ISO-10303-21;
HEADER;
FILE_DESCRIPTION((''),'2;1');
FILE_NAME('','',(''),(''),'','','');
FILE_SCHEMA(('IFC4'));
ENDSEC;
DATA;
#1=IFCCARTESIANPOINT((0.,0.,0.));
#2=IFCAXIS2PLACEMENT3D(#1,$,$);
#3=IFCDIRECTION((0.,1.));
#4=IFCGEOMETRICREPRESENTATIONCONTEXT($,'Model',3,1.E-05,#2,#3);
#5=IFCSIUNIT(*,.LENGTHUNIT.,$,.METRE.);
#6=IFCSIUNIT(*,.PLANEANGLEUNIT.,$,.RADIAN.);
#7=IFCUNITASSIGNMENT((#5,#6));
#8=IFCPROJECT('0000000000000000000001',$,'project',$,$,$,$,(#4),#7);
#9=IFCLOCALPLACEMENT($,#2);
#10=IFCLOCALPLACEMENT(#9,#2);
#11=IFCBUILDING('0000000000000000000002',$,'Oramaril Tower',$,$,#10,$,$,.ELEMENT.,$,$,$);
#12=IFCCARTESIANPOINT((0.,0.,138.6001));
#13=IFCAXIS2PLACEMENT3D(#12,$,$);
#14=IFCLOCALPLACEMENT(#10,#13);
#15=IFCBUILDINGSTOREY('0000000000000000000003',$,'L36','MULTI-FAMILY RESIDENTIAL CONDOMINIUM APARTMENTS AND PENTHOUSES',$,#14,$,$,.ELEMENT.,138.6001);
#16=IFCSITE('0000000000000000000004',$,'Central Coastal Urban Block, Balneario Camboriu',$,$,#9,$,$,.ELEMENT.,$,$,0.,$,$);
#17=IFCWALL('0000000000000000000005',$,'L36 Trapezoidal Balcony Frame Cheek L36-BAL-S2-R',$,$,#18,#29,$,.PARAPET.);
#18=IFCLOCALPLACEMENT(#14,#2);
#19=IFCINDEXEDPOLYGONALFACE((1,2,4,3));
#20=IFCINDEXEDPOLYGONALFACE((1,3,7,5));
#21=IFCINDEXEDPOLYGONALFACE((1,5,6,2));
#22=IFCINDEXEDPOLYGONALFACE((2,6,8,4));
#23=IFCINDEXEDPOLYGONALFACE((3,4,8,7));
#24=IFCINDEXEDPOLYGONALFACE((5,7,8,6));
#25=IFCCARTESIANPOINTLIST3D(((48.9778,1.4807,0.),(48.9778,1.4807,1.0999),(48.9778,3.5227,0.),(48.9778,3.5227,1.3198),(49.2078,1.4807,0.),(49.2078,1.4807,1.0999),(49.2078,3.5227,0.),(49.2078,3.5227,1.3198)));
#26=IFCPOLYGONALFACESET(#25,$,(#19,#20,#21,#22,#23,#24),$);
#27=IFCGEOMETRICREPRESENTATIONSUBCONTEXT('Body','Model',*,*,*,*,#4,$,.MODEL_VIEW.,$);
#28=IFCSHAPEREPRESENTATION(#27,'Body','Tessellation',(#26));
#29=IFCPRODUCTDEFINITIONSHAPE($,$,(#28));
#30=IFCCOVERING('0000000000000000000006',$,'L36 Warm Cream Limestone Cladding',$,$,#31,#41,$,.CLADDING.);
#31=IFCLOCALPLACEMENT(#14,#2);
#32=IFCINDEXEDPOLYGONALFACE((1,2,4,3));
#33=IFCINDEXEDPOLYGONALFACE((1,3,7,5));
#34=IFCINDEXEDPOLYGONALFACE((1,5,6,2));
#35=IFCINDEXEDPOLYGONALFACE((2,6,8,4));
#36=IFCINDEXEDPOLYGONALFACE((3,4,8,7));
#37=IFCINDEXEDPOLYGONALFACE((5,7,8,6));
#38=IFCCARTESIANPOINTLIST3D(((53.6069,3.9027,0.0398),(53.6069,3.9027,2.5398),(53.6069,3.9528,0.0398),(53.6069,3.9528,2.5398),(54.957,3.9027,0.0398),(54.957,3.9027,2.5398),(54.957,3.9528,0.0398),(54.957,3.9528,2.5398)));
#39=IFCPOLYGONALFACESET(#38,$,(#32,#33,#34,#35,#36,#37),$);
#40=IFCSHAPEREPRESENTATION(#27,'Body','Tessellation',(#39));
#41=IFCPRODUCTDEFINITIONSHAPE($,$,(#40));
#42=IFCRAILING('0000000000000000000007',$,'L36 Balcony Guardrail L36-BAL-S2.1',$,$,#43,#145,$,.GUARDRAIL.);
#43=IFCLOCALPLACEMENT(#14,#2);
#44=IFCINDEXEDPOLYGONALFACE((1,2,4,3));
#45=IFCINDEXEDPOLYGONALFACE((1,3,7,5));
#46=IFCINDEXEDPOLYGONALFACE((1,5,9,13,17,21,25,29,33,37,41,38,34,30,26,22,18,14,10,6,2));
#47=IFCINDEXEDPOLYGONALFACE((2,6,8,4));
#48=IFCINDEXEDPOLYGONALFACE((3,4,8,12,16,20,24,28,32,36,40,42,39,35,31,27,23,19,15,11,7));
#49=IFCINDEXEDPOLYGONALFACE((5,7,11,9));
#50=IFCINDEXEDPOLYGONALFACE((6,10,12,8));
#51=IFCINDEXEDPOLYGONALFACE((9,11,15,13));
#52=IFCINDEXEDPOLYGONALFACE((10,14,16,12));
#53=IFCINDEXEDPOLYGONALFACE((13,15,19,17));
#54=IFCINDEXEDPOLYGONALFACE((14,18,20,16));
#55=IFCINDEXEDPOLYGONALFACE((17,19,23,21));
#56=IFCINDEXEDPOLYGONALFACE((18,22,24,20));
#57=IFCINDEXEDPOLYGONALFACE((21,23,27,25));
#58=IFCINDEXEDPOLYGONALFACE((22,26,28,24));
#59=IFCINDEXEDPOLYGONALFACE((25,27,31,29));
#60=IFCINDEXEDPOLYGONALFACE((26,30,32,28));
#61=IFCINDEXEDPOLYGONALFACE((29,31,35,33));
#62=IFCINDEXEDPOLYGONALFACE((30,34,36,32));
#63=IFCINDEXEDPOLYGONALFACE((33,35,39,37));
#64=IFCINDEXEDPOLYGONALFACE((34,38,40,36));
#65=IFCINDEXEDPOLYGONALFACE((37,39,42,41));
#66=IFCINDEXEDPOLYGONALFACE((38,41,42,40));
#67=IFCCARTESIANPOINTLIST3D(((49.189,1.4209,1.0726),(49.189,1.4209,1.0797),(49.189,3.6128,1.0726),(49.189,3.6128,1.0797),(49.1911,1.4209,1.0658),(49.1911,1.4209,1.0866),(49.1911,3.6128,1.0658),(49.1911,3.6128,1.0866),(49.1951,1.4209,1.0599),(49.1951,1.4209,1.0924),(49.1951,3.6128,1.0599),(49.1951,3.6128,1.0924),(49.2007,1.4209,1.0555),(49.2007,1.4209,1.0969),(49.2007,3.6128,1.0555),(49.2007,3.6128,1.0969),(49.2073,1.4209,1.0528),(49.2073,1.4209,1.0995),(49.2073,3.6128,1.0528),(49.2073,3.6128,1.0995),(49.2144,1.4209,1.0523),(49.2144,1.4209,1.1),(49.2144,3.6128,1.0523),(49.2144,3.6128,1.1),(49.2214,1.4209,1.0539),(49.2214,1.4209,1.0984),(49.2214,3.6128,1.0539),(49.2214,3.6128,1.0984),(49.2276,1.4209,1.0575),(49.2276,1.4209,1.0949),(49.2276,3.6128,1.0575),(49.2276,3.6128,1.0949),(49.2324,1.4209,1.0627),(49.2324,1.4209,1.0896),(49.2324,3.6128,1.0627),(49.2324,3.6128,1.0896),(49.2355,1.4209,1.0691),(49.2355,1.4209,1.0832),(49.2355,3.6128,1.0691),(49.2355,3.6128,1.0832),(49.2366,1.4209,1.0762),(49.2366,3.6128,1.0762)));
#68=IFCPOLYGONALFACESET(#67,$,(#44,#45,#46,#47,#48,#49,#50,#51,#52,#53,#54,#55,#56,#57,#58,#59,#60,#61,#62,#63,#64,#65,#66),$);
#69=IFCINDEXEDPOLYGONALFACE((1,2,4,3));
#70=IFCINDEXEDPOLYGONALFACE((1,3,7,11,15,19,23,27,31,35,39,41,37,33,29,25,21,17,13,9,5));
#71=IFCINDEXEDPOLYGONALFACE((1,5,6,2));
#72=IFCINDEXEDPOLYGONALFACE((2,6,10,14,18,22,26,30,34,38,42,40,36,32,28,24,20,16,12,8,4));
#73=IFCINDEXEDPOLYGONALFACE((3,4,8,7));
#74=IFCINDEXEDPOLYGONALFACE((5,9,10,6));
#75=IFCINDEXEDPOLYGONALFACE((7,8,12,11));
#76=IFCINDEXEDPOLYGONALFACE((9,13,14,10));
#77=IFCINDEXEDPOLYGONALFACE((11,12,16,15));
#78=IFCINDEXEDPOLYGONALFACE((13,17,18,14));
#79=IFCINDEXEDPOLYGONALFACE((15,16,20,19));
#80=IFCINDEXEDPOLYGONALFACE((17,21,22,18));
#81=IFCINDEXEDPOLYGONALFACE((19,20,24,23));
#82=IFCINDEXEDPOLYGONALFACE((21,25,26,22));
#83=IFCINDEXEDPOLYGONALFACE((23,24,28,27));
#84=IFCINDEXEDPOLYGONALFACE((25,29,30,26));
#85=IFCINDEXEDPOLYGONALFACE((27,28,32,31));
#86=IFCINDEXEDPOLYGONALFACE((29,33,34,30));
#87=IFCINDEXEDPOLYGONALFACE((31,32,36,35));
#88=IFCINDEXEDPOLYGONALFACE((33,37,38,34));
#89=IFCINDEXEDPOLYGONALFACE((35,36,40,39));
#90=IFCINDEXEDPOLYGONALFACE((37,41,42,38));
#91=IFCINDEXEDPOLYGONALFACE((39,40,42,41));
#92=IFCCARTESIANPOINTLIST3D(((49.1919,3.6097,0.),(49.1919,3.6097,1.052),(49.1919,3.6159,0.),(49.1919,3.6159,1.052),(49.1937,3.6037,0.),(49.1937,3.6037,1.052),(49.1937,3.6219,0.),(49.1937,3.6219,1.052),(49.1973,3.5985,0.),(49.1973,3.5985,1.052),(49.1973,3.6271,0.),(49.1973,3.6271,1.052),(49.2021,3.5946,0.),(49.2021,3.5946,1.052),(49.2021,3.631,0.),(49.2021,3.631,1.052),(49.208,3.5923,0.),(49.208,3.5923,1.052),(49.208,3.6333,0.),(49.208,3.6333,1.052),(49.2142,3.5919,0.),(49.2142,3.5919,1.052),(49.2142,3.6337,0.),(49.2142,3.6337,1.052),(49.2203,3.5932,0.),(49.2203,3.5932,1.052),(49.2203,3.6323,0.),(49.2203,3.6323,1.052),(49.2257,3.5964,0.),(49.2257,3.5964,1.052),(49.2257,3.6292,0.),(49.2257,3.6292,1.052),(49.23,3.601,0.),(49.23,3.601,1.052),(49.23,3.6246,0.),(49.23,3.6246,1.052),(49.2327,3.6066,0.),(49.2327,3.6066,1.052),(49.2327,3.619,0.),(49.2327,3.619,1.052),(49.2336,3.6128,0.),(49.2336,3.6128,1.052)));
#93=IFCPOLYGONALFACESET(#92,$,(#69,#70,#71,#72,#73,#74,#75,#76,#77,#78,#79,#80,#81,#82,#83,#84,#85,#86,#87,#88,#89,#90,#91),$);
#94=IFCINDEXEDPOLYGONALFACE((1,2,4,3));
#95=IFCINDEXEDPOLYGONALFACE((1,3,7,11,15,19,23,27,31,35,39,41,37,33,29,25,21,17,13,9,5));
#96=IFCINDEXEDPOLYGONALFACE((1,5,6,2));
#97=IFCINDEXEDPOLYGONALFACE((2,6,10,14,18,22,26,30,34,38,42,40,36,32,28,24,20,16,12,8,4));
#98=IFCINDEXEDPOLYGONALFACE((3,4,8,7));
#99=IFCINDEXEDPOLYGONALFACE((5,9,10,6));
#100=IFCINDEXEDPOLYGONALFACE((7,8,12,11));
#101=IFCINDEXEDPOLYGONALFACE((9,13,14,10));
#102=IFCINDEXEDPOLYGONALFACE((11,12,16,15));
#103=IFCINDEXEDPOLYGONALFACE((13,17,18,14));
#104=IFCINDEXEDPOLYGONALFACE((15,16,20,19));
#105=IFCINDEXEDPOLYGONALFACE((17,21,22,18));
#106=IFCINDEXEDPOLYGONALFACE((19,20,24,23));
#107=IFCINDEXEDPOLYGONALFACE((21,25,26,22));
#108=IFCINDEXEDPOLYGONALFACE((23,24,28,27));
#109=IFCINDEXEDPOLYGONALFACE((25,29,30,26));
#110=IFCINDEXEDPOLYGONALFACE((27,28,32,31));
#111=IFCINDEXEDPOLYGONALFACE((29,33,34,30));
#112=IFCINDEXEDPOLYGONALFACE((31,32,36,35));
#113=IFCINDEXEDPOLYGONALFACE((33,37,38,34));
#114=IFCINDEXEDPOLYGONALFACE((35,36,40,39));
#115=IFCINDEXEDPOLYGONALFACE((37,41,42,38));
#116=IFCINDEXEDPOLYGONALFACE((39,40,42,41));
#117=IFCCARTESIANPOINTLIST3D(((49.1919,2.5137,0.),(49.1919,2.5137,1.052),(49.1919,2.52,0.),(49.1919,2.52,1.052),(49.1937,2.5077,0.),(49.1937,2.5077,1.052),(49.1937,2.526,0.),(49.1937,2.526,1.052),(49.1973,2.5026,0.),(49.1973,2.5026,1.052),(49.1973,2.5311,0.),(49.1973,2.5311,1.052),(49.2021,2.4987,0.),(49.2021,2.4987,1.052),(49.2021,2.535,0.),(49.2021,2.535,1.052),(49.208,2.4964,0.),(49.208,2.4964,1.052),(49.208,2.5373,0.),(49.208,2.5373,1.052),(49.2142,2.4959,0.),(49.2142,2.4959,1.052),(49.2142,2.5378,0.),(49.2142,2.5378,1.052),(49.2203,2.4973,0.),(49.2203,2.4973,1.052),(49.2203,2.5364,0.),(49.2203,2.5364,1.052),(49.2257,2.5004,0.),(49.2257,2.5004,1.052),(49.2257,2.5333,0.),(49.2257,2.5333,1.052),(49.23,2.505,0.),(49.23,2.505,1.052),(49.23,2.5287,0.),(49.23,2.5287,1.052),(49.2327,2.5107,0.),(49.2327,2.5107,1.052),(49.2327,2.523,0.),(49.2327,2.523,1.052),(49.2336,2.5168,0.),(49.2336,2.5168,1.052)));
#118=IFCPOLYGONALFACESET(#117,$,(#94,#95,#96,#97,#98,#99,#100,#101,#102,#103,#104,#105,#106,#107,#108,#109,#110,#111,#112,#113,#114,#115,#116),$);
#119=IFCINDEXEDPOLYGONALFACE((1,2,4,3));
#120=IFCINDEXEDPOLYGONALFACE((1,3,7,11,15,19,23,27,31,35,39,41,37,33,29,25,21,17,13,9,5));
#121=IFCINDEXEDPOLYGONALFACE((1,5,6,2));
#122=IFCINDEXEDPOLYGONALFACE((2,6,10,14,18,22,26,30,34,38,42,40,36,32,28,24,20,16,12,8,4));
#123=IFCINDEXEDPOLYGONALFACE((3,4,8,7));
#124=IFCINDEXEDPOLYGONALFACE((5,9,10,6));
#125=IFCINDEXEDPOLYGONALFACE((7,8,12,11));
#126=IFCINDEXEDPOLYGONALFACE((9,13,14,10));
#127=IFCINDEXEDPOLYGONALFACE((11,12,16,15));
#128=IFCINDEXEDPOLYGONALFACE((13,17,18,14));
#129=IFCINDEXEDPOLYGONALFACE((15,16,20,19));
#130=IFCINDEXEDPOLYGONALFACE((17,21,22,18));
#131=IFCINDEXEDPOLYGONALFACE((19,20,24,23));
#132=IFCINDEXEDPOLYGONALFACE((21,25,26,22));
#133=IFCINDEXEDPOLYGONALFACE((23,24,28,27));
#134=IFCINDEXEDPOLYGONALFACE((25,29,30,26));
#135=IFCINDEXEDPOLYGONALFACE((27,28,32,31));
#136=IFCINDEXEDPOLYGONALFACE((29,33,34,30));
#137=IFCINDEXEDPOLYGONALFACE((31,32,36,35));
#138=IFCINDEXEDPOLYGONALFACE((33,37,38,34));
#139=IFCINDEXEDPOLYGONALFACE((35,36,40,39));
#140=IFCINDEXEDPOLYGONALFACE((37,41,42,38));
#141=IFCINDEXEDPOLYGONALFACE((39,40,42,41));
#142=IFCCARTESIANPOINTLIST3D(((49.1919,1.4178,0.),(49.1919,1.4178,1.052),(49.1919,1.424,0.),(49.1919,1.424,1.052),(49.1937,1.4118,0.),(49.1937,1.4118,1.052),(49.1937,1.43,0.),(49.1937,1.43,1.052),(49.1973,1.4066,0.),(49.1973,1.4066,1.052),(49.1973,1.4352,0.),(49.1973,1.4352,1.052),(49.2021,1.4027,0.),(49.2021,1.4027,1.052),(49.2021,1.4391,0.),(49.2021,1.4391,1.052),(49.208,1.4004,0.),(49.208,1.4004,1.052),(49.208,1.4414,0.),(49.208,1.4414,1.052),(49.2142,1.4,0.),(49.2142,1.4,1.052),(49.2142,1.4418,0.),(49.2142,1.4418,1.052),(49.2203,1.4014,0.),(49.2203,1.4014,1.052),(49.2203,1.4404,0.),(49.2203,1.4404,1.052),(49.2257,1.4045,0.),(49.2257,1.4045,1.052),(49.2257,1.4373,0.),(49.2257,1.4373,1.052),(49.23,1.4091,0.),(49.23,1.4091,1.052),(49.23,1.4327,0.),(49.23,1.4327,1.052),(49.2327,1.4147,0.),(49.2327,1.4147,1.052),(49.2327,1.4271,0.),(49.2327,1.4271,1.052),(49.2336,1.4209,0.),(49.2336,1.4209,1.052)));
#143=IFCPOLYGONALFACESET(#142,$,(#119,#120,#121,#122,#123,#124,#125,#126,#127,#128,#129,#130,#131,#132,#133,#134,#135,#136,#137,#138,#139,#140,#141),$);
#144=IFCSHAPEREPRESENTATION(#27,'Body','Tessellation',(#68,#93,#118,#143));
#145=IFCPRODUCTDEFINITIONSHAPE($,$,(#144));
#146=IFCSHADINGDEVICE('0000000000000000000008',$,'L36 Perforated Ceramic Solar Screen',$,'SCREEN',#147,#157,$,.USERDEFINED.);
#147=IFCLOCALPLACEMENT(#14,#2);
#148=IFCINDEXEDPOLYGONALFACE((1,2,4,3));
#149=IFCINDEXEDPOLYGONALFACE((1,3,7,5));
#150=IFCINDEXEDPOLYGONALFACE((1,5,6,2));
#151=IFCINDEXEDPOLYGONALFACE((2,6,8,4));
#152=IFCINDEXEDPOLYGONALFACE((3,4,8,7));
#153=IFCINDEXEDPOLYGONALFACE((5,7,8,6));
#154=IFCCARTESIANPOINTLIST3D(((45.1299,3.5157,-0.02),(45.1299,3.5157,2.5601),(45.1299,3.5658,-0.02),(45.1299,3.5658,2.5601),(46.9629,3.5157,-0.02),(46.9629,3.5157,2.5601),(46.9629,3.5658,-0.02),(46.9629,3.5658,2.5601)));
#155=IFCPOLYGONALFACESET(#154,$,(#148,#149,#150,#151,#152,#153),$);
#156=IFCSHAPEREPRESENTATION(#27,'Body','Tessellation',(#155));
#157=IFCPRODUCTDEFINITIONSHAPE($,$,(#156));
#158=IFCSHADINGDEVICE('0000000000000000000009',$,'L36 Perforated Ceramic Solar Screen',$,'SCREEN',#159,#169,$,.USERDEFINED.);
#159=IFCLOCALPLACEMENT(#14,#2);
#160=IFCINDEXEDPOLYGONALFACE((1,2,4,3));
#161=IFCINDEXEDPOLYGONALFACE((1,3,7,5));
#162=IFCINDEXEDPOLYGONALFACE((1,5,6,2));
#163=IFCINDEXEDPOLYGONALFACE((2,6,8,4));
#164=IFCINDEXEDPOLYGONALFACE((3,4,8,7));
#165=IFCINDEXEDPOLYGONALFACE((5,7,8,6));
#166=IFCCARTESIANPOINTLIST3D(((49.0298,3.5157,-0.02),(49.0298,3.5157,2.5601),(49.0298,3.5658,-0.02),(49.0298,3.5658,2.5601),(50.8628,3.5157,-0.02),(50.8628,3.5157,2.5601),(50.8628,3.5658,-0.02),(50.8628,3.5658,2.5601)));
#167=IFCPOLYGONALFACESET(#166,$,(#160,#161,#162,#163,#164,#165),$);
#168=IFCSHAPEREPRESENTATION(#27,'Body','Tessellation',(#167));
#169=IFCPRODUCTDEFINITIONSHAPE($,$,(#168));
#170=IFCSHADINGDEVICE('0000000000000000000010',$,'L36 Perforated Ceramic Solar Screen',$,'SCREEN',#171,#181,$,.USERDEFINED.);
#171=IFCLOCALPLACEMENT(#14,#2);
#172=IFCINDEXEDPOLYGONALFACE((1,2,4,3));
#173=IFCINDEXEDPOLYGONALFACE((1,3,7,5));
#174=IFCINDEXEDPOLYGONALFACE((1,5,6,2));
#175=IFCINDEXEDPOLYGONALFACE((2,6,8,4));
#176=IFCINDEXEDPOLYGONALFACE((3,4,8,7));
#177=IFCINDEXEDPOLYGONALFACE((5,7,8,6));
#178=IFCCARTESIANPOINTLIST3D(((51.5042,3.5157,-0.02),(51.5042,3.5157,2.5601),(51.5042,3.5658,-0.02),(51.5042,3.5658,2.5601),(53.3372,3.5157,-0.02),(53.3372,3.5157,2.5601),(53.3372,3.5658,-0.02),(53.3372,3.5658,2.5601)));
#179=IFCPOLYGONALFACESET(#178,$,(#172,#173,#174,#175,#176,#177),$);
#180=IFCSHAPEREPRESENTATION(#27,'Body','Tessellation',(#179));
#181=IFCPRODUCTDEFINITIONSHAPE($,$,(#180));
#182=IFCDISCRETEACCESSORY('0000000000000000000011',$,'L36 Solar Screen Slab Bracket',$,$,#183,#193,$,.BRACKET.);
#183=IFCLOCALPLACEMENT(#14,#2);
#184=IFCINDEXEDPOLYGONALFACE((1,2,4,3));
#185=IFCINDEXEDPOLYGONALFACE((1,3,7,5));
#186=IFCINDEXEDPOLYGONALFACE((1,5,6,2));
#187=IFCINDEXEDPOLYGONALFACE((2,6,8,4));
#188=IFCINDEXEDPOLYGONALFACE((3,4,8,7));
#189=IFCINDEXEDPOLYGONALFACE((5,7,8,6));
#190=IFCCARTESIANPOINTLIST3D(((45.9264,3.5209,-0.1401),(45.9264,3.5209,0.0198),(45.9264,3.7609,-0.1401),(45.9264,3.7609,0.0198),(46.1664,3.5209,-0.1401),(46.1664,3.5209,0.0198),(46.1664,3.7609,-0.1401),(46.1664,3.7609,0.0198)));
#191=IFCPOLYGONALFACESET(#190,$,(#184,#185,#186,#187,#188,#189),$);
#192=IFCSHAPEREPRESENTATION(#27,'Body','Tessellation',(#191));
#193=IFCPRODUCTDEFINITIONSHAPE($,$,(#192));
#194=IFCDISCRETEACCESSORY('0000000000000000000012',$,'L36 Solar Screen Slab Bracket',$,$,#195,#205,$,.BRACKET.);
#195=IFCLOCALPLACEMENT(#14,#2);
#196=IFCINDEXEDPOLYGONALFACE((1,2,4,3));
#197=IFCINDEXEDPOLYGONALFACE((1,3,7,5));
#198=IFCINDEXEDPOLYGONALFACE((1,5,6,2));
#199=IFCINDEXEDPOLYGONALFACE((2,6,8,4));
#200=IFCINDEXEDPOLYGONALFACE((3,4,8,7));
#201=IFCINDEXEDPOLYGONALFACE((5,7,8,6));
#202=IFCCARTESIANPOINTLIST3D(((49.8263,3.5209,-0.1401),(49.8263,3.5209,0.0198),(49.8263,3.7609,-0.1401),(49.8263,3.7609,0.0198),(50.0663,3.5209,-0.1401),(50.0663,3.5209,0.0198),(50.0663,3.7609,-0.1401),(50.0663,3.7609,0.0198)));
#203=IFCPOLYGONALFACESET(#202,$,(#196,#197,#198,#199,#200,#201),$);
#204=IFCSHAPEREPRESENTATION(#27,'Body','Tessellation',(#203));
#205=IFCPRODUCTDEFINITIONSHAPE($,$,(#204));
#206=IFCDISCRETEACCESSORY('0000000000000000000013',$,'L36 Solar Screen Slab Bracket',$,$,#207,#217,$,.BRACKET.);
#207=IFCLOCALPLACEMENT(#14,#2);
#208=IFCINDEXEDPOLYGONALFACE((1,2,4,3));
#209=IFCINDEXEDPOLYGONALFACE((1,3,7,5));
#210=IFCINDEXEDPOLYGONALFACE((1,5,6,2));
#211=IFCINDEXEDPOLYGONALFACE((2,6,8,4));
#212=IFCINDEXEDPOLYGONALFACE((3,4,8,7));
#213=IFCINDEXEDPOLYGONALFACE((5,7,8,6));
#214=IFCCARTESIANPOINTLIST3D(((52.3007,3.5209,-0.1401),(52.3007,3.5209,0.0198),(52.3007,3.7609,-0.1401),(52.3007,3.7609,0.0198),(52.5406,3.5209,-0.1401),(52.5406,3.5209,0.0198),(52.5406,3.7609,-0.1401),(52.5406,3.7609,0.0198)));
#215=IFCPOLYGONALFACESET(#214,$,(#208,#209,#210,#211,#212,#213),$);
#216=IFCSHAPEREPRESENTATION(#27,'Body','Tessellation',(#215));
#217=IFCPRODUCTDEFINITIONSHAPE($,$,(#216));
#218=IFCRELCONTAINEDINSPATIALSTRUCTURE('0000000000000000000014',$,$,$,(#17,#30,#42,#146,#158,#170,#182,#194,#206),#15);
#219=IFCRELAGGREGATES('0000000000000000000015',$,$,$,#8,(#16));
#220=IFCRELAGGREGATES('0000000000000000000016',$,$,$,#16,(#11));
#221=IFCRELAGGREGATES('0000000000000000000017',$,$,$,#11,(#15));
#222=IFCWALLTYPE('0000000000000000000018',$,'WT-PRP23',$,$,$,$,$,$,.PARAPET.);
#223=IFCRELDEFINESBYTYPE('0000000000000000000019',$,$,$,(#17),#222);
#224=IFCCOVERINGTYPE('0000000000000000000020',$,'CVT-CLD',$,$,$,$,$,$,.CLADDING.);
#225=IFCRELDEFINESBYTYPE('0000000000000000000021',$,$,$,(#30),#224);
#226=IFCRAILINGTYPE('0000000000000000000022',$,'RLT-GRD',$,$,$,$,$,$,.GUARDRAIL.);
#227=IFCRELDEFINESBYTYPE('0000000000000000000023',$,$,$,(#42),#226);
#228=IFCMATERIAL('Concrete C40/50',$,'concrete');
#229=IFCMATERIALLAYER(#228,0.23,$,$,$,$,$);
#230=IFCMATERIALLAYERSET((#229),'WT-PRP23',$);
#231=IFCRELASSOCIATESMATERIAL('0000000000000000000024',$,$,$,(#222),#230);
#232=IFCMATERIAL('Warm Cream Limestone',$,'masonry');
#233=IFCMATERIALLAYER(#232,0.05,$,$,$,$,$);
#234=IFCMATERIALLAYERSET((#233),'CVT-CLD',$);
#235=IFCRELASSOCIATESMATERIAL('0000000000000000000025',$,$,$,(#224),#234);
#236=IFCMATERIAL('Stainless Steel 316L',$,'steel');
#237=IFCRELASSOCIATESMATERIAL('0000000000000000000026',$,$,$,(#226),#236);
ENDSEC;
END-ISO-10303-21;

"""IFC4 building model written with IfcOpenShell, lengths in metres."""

from ifc_helpers import new_model, si_unit, direction, frame, origin, origin_2d, place, context, subcontext, project, spatial, polyline, rectangle, circle, outline, extrude, material, layer, layer_set, type_object, element, save


model = new_model("IFC4")

# Units and contexts
model_context = context("Model", 3, precision=1e-05, world=origin(), true_north=direction((0.0, 1.0)))
body_context = subcontext(model_context, "Body", "Model", "MODEL_VIEW")
ifc_project = project(units=[si_unit("LENGTHUNIT", "METRE"), si_unit("PLANEANGLEUNIT", "RADIAN")], contexts=[model_context])

# Site, building, storey
site_placement = place(None, origin())
site = spatial("IfcSite", under=ifc_project, at=site_placement, Name="Central Coastal Urban Block, Balneario Camboriu", CompositionType="ELEMENT", RefElevation=0.0)
building_placement = place(site_placement, origin())
building = spatial("IfcBuilding", under=site, at=building_placement, Name="Oramaril Tower", CompositionType="ELEMENT")
storey_placement = place(building_placement, frame((0.0, 0.0, 138.6001)))
storey = spatial("IfcBuildingStorey", under=building, at=storey_placement, Name="L36", Description="MULTI-FAMILY RESIDENTIAL CONDOMINIUM APARTMENTS AND PENTHOUSES", CompositionType="ELEMENT", Elevation=138.6001)

# Wall
ifc_material_1 = material(Name="Concrete C40/50", Category="concrete")
ifc_layer_1 = layer(ifc_material_1, 0.23)
ifc_layer_set_1 = layer_set([ifc_layer_1], Name="WT-PRP23")
wall_type_1 = type_object("IfcWallType", Name="WT-PRP23", PredefinedType="PARAPET", material=ifc_layer_set_1)
wall_1_placement = place(storey_placement, frame((49.0928, 3.5227, 0.0), z_axis=(0.0, 0.0, 1.0), x_axis=(0.0, -1.0, 0.0)))
element("IfcWall", 1, at=wall_1_placement, inside=storey, type_object=wall_type_1, Name="L36 Trapezoidal Balcony Frame Cheek L36-BAL-S2-R", PredefinedType="PARAPET", context=body_context, shape_type="SweptSolid", body=[
    extrude(outline(polyline([(0.0, 0.0), (2.042, 0.0), (2.042, 1.0999), (0.0, 1.3198), (0.0, 0.0)])), frame((0.0, 0.115, 0.0), z_axis=(0.0, -1.0, 0.0), x_axis=(1.0, 0.0, 0.0)), (0.0, 0.0, 1.0), 0.23),
])

# Covering
ifc_material_2 = material(Name="Warm Cream Limestone", Category="masonry")
ifc_layer_2 = layer(ifc_material_2, 0.05)
ifc_layer_set_2 = layer_set([ifc_layer_2], Name="CVT-CLD")
covering_type = type_object("IfcCoveringType", Name="CVT-CLD", PredefinedType="CLADDING", material=ifc_layer_set_2)
covering_placement = place(storey_placement, frame((54.282, 3.9277, 0.0398), z_axis=(0.0, 0.0, 1.0), x_axis=(1.0, 0.0, 0.0)))
element("IfcCovering", 2, at=covering_placement, inside=storey, type_object=covering_type, Name="L36 Warm Cream Limestone Cladding", PredefinedType="CLADDING", context=body_context, shape_type="SweptSolid", body=[
    extrude(rectangle(XDim=1.3501, YDim=0.05, at=origin_2d()), origin(), (0.0, 0.0, 1.0), 2.5),
])

# Railing
ifc_material_3 = material(Name="Stainless Steel 316L", Category="steel")
railing_type = type_object("IfcRailingType", Name="RLT-GRD", PredefinedType="GUARDRAIL", material=ifc_material_3)
railing_1_placement = place(storey_placement, frame((49.2126, 3.6128, 0.0)))
element("IfcRailing", 3, at=railing_1_placement, inside=storey, type_object=railing_type, Name="L36 Balcony Guardrail L36-BAL-S2.1", PredefinedType="GUARDRAIL", context=body_context, shape_type="SweptSolid", body=[
    extrude(circle(Radius=0.0239, at=origin_2d()), frame((0.0, 0.0, 1.0762), z_axis=(0.0, -1.0, 0.0), x_axis=(1.0, 0.0, 0.0)), (0.0, 0.0, 1.0), 2.1919),
    extrude(circle(Radius=0.021, at=origin_2d()), origin(), (0.0, 0.0, 1.0), 1.052),
    extrude(circle(Radius=0.021, at=origin_2d()), frame((0.0, -1.0959, 0.0)), (0.0, 0.0, 1.0), 1.052),
    extrude(circle(Radius=0.021, at=origin_2d()), frame((0.0, -2.1919, 0.0)), (0.0, 0.0, 1.0), 1.052),
])

# Shading devices
for number, where, z_axis, x_axis, name in (
    (4, (46.0464, 3.5408, -0.02), (0.0, 0.0, 1.0), (1.0, 0.0, 0.0), "L36 Perforated Ceramic Solar Screen"),
    (5, (49.9463, 3.5408, -0.02), (0.0, 0.0, 1.0), (1.0, 0.0, 0.0), "L36 Perforated Ceramic Solar Screen"),
    (6, (52.4207, 3.5408, -0.02), (0.0, 0.0, 1.0), (1.0, 0.0, 0.0), "L36 Perforated Ceramic Solar Screen"),
):
    element("IfcShadingDevice", number, at=place(storey_placement, frame(where, z_axis=z_axis, x_axis=x_axis)), inside=storey, Name=name, ObjectType="SCREEN", PredefinedType="USERDEFINED", context=body_context, shape_type="SweptSolid", body=[
        extrude(rectangle(XDim=1.833, YDim=0.05, at=origin_2d()), origin(), (0.0, 0.0, 1.0), 2.5801),
    ])

# Discrete accessories
for number, where, z_axis, x_axis, name in (
    (7, (46.0464, 3.6409, -0.1401), (0.0, 0.0, 1.0), (1.0, 0.0, 0.0), "L36 Solar Screen Slab Bracket"),
    (8, (49.9463, 3.6409, -0.1401), (0.0, 0.0, 1.0), (1.0, 0.0, 0.0), "L36 Solar Screen Slab Bracket"),
    (9, (52.4207, 3.6409, -0.1401), (0.0, 0.0, 1.0), (1.0, 0.0, 0.0), "L36 Solar Screen Slab Bracket"),
):
    element("IfcDiscreteAccessory", number, at=place(storey_placement, frame(where, z_axis=z_axis, x_axis=x_axis)), inside=storey, Name=name, PredefinedType="BRACKET", context=body_context, shape_type="SweptSolid", body=[
        extrude(rectangle(XDim=0.24, YDim=0.24, at=origin_2d()), origin(), (0.0, 0.0, 1.0), 0.1599),
    ])

save(model, "model.ifc")
